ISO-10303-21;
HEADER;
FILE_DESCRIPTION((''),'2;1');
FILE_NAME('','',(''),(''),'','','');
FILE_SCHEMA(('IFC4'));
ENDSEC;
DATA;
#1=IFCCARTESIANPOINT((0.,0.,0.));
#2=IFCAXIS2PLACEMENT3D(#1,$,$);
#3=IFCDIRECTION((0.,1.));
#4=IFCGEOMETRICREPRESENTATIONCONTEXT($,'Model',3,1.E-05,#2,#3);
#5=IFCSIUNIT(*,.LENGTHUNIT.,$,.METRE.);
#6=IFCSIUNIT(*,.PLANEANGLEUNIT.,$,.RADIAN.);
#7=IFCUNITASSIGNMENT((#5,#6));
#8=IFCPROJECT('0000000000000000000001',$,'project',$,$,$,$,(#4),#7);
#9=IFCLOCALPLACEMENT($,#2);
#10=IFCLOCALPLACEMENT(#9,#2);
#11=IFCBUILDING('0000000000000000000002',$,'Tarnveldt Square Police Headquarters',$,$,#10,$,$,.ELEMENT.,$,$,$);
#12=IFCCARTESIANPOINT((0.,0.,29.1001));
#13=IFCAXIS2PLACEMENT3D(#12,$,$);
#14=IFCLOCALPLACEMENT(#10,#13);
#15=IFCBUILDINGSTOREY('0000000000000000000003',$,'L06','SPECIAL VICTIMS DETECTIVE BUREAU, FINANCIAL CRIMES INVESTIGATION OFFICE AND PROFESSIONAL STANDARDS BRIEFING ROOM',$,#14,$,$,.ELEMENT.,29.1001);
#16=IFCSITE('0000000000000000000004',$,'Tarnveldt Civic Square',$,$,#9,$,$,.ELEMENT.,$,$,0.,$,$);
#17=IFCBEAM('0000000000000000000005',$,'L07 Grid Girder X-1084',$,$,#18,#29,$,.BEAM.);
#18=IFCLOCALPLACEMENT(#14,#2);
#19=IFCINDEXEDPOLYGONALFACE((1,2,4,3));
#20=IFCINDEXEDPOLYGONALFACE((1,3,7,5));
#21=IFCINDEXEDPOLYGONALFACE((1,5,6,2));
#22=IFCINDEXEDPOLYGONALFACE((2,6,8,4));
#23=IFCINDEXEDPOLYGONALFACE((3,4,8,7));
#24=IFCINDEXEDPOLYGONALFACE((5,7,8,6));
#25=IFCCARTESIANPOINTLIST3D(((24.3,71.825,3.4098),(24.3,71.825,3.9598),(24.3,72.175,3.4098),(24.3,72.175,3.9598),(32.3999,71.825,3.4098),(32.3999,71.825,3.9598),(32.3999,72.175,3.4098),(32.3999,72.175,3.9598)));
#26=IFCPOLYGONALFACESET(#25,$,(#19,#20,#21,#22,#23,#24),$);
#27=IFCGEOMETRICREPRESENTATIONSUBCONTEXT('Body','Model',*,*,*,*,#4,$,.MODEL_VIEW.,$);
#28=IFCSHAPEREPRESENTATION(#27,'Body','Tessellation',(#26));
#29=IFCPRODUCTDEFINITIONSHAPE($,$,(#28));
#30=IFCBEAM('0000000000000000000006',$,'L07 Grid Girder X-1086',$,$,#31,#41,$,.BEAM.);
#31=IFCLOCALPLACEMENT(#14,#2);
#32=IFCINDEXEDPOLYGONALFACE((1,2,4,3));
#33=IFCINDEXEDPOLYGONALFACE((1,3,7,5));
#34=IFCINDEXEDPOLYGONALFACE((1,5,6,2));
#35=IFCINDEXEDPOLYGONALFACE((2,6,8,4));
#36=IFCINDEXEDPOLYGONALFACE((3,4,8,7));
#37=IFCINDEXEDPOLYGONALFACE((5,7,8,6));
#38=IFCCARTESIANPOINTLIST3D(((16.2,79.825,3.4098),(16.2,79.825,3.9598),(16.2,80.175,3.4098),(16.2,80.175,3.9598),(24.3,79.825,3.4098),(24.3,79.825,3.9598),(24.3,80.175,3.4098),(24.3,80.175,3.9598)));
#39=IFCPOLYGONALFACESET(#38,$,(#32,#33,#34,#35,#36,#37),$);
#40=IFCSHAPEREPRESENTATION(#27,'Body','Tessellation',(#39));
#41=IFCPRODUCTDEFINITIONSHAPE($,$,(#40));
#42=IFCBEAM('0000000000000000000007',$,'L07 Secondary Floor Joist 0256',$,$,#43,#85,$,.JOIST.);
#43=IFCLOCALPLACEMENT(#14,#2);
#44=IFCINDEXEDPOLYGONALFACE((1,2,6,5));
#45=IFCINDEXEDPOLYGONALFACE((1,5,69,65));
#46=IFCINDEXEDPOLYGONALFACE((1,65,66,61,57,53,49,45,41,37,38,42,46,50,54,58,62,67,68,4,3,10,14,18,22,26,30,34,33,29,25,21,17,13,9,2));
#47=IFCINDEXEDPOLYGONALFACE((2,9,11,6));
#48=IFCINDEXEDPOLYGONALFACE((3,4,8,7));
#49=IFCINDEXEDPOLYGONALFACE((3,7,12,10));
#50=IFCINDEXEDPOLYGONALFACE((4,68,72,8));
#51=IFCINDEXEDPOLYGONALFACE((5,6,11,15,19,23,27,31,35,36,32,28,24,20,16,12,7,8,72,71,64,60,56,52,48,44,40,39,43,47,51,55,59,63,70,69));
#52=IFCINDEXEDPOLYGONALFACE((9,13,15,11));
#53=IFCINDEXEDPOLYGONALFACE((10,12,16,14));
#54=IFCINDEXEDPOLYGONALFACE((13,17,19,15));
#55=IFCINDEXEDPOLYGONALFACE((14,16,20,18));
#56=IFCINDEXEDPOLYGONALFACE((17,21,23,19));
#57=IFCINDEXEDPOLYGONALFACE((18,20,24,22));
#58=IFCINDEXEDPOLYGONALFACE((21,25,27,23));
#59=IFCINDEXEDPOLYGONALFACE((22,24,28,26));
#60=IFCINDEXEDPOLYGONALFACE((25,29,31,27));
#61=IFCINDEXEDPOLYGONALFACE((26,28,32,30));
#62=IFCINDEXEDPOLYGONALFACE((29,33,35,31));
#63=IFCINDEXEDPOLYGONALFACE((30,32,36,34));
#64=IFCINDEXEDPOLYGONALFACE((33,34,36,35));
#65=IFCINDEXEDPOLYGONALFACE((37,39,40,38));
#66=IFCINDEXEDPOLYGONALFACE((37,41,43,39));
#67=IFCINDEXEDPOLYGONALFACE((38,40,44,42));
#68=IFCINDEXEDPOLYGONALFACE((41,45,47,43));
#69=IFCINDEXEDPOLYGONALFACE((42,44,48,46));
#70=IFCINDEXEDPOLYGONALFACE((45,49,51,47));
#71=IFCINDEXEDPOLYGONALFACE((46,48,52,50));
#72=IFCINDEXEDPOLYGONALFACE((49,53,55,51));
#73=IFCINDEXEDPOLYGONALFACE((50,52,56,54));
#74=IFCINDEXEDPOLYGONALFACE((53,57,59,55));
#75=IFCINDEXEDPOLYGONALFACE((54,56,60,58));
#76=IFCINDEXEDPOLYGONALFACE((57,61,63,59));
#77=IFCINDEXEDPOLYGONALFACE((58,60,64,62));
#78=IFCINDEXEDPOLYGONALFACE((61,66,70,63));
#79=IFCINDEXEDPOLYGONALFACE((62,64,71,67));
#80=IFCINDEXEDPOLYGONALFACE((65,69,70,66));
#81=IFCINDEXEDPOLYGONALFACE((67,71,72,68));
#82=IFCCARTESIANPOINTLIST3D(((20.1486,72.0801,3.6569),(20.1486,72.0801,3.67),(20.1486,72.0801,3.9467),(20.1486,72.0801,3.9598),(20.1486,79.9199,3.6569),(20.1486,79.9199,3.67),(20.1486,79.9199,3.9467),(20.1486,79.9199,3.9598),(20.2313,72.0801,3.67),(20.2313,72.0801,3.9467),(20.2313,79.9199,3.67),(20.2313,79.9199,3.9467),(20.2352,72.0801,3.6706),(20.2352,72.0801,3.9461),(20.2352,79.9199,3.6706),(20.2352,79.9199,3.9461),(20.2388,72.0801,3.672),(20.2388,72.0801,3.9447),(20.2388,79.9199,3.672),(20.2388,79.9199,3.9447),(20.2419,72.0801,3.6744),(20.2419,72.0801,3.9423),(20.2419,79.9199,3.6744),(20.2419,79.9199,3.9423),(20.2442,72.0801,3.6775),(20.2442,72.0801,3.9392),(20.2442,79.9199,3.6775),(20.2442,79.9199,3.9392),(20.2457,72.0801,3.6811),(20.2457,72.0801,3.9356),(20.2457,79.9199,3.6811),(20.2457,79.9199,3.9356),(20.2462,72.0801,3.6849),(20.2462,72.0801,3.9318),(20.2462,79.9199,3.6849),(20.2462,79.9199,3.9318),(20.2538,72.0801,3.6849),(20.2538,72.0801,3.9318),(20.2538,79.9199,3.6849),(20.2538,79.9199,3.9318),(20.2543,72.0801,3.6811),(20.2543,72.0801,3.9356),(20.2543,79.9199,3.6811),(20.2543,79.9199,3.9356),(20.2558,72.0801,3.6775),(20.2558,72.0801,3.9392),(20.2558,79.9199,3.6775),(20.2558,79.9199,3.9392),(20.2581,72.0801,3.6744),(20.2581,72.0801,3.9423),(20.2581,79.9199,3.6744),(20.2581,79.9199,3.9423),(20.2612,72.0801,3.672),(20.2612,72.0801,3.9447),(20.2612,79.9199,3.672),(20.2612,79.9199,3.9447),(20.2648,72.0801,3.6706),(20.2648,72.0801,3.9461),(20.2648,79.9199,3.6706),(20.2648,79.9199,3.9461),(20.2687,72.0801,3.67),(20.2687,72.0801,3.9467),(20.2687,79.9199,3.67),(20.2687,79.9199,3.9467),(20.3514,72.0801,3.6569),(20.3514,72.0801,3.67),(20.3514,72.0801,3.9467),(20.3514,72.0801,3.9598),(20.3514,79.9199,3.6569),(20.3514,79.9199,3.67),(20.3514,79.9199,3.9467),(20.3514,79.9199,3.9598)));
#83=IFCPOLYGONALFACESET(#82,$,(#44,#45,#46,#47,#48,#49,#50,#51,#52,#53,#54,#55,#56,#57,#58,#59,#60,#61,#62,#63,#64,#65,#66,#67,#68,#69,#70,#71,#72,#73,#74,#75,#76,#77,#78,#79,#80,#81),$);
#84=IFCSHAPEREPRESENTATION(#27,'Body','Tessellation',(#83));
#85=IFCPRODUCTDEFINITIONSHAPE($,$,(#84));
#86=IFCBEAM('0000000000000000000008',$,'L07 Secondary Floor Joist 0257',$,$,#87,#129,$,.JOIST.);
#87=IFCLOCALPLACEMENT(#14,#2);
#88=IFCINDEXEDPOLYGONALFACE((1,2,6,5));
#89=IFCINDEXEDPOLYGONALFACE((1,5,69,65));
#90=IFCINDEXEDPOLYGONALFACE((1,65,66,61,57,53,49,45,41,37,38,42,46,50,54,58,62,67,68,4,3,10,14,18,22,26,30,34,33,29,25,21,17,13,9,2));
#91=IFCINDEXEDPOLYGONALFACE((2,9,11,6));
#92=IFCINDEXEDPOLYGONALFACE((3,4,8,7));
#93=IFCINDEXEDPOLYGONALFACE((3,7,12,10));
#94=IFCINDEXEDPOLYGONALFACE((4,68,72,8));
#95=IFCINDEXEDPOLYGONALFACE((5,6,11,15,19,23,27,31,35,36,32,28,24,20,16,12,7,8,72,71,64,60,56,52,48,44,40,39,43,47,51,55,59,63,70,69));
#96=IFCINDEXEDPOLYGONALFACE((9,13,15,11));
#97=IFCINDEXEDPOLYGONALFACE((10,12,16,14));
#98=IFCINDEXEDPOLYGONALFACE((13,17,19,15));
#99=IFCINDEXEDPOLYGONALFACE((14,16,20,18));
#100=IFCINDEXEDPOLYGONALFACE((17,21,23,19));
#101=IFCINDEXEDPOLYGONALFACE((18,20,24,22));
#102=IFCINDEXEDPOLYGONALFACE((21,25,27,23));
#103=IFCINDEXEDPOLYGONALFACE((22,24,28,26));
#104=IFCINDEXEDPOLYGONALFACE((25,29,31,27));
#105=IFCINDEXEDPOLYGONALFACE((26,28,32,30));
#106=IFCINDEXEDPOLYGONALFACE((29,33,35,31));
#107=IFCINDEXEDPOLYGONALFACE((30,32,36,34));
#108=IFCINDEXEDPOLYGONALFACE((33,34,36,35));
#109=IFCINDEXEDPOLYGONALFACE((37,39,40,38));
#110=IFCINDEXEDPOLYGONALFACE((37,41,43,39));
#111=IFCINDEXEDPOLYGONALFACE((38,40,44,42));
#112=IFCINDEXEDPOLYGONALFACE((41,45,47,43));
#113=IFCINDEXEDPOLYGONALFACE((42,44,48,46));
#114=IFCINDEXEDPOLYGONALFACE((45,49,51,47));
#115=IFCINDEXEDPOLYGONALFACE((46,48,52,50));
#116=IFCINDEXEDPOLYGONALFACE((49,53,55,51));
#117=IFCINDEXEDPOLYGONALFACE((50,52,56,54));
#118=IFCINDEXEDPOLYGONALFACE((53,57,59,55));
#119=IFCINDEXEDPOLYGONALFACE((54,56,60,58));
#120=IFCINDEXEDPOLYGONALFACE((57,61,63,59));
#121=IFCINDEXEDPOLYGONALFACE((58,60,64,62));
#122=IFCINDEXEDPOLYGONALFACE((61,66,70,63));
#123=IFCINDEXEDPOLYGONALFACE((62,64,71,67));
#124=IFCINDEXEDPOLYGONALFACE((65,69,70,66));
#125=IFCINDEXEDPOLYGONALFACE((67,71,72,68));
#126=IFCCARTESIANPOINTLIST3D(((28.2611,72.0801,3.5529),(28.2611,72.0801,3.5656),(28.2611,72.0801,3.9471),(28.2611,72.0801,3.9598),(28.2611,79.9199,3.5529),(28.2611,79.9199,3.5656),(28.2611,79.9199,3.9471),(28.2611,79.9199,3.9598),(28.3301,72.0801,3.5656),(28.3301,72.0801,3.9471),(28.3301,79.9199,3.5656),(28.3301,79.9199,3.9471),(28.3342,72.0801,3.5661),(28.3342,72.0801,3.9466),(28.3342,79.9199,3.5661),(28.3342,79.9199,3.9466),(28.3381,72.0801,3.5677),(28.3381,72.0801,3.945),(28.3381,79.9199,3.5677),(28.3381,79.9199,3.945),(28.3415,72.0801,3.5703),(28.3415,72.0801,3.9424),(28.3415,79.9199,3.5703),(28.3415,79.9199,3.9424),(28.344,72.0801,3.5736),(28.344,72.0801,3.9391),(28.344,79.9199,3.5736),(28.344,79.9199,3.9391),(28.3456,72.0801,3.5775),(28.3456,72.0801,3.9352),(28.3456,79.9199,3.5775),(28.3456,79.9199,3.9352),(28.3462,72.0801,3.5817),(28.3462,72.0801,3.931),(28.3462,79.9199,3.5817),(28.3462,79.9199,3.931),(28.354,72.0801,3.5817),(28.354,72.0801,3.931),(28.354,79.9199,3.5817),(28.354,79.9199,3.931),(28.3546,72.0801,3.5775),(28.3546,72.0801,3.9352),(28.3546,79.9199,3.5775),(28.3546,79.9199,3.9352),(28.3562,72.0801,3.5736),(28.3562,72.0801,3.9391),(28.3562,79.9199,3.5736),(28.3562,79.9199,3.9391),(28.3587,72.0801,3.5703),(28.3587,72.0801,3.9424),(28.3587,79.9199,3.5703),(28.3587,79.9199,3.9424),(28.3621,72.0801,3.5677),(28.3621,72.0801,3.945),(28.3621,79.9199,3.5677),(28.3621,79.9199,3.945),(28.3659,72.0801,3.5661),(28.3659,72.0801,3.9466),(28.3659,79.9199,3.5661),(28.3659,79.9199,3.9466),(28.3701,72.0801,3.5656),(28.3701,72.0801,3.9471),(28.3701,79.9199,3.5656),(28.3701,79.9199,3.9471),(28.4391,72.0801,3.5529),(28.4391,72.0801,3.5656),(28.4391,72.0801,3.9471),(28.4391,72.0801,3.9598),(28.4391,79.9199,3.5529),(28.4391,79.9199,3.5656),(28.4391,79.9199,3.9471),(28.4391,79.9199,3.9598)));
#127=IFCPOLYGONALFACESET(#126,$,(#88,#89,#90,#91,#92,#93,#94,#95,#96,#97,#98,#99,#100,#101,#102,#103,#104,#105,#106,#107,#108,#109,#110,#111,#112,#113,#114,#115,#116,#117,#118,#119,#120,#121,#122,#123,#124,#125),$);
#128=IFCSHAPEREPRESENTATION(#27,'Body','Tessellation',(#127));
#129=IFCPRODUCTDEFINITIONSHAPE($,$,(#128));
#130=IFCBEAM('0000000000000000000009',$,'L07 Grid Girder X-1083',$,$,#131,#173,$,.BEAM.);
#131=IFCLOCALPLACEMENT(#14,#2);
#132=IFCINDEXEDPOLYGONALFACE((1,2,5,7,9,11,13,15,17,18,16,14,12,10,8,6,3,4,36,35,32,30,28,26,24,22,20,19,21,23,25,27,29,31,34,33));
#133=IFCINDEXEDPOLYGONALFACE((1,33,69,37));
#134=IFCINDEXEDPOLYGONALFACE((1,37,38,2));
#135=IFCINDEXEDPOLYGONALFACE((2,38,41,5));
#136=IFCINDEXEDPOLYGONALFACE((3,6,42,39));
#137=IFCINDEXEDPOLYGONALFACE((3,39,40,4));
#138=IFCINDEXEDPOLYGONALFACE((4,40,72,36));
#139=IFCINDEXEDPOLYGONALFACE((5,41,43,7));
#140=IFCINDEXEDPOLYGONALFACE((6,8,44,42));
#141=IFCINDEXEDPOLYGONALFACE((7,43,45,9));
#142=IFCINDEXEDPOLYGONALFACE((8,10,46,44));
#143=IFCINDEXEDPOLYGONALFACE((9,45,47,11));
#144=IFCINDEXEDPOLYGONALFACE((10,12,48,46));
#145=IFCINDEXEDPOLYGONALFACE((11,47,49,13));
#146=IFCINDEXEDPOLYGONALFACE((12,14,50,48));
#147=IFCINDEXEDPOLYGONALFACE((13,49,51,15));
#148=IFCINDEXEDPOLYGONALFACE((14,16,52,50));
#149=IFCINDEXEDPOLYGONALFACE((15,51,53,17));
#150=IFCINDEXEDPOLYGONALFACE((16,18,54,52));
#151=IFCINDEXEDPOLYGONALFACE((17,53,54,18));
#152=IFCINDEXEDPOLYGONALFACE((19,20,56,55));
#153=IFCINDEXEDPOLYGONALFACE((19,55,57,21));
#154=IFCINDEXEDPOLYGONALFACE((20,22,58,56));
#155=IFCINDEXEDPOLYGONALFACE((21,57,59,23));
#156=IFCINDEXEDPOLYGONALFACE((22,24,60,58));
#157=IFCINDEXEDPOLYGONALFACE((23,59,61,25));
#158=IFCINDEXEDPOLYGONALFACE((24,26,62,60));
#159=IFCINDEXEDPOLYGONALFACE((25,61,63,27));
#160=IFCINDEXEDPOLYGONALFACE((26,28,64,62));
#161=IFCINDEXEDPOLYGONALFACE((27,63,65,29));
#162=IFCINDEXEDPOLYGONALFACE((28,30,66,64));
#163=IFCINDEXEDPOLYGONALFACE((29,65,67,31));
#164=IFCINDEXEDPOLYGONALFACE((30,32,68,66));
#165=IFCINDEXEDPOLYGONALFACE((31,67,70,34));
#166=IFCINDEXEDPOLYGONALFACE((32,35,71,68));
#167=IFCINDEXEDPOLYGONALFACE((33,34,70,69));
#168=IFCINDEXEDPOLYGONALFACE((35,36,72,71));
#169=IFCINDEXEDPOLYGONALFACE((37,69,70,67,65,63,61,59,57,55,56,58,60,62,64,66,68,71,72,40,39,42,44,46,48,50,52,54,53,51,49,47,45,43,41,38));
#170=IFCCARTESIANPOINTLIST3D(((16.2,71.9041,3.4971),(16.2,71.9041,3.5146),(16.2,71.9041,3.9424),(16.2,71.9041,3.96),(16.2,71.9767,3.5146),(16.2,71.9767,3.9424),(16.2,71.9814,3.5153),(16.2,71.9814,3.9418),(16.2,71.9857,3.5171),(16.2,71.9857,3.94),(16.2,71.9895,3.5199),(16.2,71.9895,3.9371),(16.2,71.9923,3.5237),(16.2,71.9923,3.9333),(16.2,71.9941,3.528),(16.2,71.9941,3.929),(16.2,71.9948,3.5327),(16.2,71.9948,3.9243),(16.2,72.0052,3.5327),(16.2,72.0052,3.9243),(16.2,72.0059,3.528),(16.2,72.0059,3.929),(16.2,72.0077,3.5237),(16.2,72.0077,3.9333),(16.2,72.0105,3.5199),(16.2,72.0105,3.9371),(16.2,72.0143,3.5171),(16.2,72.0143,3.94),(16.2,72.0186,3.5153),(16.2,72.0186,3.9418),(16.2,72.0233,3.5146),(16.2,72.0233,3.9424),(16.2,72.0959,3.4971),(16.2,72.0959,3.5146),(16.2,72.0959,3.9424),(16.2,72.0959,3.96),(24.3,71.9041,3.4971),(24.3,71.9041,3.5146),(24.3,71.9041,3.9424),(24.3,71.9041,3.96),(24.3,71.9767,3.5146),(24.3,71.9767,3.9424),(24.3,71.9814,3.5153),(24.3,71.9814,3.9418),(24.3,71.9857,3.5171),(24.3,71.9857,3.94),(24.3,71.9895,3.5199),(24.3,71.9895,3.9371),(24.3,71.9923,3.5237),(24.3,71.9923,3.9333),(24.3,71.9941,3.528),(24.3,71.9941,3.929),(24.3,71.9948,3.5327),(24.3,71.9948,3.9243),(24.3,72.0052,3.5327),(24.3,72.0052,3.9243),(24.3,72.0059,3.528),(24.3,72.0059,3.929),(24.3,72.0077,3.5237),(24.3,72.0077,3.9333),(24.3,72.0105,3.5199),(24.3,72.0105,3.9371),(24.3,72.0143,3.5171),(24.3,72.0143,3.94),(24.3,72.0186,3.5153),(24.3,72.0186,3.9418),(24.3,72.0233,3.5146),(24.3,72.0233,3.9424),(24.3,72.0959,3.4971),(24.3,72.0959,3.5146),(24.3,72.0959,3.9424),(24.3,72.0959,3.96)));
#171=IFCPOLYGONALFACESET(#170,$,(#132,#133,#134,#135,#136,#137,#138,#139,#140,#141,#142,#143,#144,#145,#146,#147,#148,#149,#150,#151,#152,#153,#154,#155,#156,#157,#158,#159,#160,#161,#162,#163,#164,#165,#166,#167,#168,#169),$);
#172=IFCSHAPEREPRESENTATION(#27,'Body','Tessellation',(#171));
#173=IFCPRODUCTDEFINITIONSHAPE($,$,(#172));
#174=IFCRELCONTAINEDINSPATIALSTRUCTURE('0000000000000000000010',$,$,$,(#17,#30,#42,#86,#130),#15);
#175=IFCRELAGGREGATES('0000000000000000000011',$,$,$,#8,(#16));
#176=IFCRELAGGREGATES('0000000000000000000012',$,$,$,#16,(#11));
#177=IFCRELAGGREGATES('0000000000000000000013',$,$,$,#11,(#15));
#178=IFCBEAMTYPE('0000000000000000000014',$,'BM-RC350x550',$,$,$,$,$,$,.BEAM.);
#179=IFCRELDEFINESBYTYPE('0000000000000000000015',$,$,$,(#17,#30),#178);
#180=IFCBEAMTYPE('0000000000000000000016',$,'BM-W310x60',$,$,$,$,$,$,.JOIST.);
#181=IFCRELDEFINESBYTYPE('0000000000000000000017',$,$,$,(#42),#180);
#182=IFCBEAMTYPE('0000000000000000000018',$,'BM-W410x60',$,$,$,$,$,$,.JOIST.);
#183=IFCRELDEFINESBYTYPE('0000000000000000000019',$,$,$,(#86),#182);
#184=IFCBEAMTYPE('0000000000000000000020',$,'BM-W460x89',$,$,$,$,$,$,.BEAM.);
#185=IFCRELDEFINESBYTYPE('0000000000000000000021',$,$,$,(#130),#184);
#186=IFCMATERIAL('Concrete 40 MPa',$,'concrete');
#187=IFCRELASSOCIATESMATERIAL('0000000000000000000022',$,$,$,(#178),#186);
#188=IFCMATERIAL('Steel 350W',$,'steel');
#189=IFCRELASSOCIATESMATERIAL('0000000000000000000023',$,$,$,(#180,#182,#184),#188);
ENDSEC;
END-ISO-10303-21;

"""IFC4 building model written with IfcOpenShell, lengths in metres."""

from ifc_helpers import new_model, si_unit, direction, frame, origin, origin_2d, place, context, subcontext, project, spatial, rectangle, i_section, extrude, material, material_profile, profile_set, type_object, element, save


model = new_model("IFC4")

# Units and contexts
model_context = context("Model", 3, precision=1e-05, world=origin(), true_north=direction((0.0, 1.0)))
body_context = subcontext(model_context, "Body", "Model", "MODEL_VIEW")
ifc_project = project(units=[si_unit("LENGTHUNIT", "METRE"), si_unit("PLANEANGLEUNIT", "RADIAN")], contexts=[model_context])

# Site, building, storey
site_placement = place(None, origin())
site = spatial("IfcSite", under=ifc_project, at=site_placement, Name="Tarnveldt Civic Square", CompositionType="ELEMENT", RefElevation=0.0)
building_placement = place(site_placement, origin())
building = spatial("IfcBuilding", under=site, at=building_placement, Name="Tarnveldt Square Police Headquarters", CompositionType="ELEMENT")
storey_placement = place(building_placement, frame((0.0, 0.0, 29.1001)))
storey = spatial("IfcBuildingStorey", under=building, at=storey_placement, Name="L06", Description="SPECIAL VICTIMS DETECTIVE BUREAU, FINANCIAL CRIMES INVESTIGATION OFFICE AND PROFESSIONAL STANDARDS BRIEFING ROOM", CompositionType="ELEMENT", Elevation=29.1001)

# Shared definitions
ifc_material_1 = material(Name="Concrete 40 MPa", Category="concrete")
ifc_material_2 = material(Name="Steel 350W", Category="steel")

# Beams
ifc_material_profile_1 = material_profile(ifc_material_1, rectangle(XDim=0.3501, YDim=0.55, at=origin_2d()), Name="RC-B350x550")
ifc_profile_set_1 = profile_set([ifc_material_profile_1], Name="Concrete 40 MPa")
beam_type_1 = type_object("IfcBeamType", Name="BM-RC350x550", PredefinedType="BEAM", material=ifc_profile_set_1)
beam_1_placement = place(storey_placement, frame((24.3, 72.0, 3.6848), z_axis=(1.0, 0.0, 0.0), x_axis=(0.0, 1.0, 0.0)))
element("IfcBeam", 1, at=beam_1_placement, inside=storey, type_object=beam_type_1, Name="L07 Grid Girder X-1084", PredefinedType="BEAM", context=body_context, shape_type="SweptSolid", body=[
    extrude(rectangle(XDim=0.3501, YDim=0.55, at=origin_2d()), origin(), (0.0, 0.0, 1.0), 8.0999),
])
beam_2_placement = place(storey_placement, frame((16.2, 80.0, 3.6848), z_axis=(1.0, 0.0, 0.0), x_axis=(0.0, 1.0, 0.0)))
element("IfcBeam", 2, at=beam_2_placement, inside=storey, type_object=beam_type_1, Name="L07 Grid Girder X-1086", PredefinedType="BEAM", context=body_context, shape_type="SweptSolid", body=[
    extrude(rectangle(XDim=0.3501, YDim=0.55, at=origin_2d()), origin(), (0.0, 0.0, 1.0), 8.1001),
])
ifc_material_profile_2 = material_profile(ifc_material_2, i_section(OverallWidth=0.2029, OverallDepth=0.303, WebThickness=0.0076, FlangeThickness=0.0132, FilletRadius=0.0149, at=origin_2d()), Name="W310x60")
ifc_profile_set_2 = profile_set([ifc_material_profile_2], Name="Steel 350W")
beam_type_2 = type_object("IfcBeamType", Name="BM-W310x60", PredefinedType="JOIST", material=ifc_profile_set_2)
beam_3_placement = place(storey_placement, frame((20.25, 72.0801, 3.8083), z_axis=(0.0, 1.0, 0.0), x_axis=(-1.0, 0.0, 0.0)))
element("IfcBeam", 3, at=beam_3_placement, inside=storey, type_object=beam_type_2, Name="L07 Secondary Floor Joist 0256", PredefinedType="JOIST", context=body_context, shape_type="SweptSolid", body=[
    extrude(i_section(OverallWidth=0.2029, OverallDepth=0.303, WebThickness=0.0076, FlangeThickness=0.0132, FilletRadius=0.0149, at=origin_2d()), origin(), (0.0, 0.0, 1.0), 7.8398),
])
ifc_material_profile_3 = material_profile(ifc_material_2, i_section(OverallWidth=0.178, OverallDepth=0.407, WebThickness=0.0078, FlangeThickness=0.0127, FilletRadius=0.0161, at=origin_2d()), Name="W410x60")
ifc_profile_set_3 = profile_set([ifc_material_profile_3], Name="Steel 350W")
beam_type_3 = type_object("IfcBeamType", Name="BM-W410x60", PredefinedType="JOIST", material=ifc_profile_set_3)
beam_4_placement = place(storey_placement, frame((28.3501, 72.0801, 3.7563), z_axis=(0.0, 1.0, 0.0), x_axis=(-1.0, 0.0, 0.0)))
element("IfcBeam", 4, at=beam_4_placement, inside=storey, type_object=beam_type_3, Name="L07 Secondary Floor Joist 0257", PredefinedType="JOIST", context=body_context, shape_type="SweptSolid", body=[
    extrude(i_section(OverallWidth=0.178, OverallDepth=0.407, WebThickness=0.0078, FlangeThickness=0.0127, FilletRadius=0.0161, at=origin_2d()), origin(), (0.0, 0.0, 1.0), 7.8398),
])
ifc_material_profile_4 = material_profile(ifc_material_2, i_section(OverallWidth=0.1919, OverallDepth=0.4629, WebThickness=0.0105, FlangeThickness=0.0176, FilletRadius=0.0181, at=origin_2d()), Name="W460x89")
ifc_profile_set_4 = profile_set([ifc_material_profile_4], Name="Steel 350W")
beam_type_4 = type_object("IfcBeamType", Name="BM-W460x89", PredefinedType="BEAM", material=ifc_profile_set_4)
for number, where, z_axis, x_axis, name in (
    (5, (16.2, 72.0, 3.7285), (1.0, 0.0, 0.0), (0.0, 1.0, 0.0), "L07 Grid Girder X-1083"),
):
    element("IfcBeam", number, at=place(storey_placement, frame(where, z_axis=z_axis, x_axis=x_axis)), inside=storey, type_object=beam_type_4, Name=name, PredefinedType="BEAM", context=body_context, shape_type="SweptSolid", body=[
        extrude(i_section(OverallWidth=0.1919, OverallDepth=0.4629, WebThickness=0.0105, FlangeThickness=0.0176, FilletRadius=0.0181, at=origin_2d()), origin(), (0.0, 0.0, 1.0), 8.1001),
    ])

save(model, "model.ifc")
